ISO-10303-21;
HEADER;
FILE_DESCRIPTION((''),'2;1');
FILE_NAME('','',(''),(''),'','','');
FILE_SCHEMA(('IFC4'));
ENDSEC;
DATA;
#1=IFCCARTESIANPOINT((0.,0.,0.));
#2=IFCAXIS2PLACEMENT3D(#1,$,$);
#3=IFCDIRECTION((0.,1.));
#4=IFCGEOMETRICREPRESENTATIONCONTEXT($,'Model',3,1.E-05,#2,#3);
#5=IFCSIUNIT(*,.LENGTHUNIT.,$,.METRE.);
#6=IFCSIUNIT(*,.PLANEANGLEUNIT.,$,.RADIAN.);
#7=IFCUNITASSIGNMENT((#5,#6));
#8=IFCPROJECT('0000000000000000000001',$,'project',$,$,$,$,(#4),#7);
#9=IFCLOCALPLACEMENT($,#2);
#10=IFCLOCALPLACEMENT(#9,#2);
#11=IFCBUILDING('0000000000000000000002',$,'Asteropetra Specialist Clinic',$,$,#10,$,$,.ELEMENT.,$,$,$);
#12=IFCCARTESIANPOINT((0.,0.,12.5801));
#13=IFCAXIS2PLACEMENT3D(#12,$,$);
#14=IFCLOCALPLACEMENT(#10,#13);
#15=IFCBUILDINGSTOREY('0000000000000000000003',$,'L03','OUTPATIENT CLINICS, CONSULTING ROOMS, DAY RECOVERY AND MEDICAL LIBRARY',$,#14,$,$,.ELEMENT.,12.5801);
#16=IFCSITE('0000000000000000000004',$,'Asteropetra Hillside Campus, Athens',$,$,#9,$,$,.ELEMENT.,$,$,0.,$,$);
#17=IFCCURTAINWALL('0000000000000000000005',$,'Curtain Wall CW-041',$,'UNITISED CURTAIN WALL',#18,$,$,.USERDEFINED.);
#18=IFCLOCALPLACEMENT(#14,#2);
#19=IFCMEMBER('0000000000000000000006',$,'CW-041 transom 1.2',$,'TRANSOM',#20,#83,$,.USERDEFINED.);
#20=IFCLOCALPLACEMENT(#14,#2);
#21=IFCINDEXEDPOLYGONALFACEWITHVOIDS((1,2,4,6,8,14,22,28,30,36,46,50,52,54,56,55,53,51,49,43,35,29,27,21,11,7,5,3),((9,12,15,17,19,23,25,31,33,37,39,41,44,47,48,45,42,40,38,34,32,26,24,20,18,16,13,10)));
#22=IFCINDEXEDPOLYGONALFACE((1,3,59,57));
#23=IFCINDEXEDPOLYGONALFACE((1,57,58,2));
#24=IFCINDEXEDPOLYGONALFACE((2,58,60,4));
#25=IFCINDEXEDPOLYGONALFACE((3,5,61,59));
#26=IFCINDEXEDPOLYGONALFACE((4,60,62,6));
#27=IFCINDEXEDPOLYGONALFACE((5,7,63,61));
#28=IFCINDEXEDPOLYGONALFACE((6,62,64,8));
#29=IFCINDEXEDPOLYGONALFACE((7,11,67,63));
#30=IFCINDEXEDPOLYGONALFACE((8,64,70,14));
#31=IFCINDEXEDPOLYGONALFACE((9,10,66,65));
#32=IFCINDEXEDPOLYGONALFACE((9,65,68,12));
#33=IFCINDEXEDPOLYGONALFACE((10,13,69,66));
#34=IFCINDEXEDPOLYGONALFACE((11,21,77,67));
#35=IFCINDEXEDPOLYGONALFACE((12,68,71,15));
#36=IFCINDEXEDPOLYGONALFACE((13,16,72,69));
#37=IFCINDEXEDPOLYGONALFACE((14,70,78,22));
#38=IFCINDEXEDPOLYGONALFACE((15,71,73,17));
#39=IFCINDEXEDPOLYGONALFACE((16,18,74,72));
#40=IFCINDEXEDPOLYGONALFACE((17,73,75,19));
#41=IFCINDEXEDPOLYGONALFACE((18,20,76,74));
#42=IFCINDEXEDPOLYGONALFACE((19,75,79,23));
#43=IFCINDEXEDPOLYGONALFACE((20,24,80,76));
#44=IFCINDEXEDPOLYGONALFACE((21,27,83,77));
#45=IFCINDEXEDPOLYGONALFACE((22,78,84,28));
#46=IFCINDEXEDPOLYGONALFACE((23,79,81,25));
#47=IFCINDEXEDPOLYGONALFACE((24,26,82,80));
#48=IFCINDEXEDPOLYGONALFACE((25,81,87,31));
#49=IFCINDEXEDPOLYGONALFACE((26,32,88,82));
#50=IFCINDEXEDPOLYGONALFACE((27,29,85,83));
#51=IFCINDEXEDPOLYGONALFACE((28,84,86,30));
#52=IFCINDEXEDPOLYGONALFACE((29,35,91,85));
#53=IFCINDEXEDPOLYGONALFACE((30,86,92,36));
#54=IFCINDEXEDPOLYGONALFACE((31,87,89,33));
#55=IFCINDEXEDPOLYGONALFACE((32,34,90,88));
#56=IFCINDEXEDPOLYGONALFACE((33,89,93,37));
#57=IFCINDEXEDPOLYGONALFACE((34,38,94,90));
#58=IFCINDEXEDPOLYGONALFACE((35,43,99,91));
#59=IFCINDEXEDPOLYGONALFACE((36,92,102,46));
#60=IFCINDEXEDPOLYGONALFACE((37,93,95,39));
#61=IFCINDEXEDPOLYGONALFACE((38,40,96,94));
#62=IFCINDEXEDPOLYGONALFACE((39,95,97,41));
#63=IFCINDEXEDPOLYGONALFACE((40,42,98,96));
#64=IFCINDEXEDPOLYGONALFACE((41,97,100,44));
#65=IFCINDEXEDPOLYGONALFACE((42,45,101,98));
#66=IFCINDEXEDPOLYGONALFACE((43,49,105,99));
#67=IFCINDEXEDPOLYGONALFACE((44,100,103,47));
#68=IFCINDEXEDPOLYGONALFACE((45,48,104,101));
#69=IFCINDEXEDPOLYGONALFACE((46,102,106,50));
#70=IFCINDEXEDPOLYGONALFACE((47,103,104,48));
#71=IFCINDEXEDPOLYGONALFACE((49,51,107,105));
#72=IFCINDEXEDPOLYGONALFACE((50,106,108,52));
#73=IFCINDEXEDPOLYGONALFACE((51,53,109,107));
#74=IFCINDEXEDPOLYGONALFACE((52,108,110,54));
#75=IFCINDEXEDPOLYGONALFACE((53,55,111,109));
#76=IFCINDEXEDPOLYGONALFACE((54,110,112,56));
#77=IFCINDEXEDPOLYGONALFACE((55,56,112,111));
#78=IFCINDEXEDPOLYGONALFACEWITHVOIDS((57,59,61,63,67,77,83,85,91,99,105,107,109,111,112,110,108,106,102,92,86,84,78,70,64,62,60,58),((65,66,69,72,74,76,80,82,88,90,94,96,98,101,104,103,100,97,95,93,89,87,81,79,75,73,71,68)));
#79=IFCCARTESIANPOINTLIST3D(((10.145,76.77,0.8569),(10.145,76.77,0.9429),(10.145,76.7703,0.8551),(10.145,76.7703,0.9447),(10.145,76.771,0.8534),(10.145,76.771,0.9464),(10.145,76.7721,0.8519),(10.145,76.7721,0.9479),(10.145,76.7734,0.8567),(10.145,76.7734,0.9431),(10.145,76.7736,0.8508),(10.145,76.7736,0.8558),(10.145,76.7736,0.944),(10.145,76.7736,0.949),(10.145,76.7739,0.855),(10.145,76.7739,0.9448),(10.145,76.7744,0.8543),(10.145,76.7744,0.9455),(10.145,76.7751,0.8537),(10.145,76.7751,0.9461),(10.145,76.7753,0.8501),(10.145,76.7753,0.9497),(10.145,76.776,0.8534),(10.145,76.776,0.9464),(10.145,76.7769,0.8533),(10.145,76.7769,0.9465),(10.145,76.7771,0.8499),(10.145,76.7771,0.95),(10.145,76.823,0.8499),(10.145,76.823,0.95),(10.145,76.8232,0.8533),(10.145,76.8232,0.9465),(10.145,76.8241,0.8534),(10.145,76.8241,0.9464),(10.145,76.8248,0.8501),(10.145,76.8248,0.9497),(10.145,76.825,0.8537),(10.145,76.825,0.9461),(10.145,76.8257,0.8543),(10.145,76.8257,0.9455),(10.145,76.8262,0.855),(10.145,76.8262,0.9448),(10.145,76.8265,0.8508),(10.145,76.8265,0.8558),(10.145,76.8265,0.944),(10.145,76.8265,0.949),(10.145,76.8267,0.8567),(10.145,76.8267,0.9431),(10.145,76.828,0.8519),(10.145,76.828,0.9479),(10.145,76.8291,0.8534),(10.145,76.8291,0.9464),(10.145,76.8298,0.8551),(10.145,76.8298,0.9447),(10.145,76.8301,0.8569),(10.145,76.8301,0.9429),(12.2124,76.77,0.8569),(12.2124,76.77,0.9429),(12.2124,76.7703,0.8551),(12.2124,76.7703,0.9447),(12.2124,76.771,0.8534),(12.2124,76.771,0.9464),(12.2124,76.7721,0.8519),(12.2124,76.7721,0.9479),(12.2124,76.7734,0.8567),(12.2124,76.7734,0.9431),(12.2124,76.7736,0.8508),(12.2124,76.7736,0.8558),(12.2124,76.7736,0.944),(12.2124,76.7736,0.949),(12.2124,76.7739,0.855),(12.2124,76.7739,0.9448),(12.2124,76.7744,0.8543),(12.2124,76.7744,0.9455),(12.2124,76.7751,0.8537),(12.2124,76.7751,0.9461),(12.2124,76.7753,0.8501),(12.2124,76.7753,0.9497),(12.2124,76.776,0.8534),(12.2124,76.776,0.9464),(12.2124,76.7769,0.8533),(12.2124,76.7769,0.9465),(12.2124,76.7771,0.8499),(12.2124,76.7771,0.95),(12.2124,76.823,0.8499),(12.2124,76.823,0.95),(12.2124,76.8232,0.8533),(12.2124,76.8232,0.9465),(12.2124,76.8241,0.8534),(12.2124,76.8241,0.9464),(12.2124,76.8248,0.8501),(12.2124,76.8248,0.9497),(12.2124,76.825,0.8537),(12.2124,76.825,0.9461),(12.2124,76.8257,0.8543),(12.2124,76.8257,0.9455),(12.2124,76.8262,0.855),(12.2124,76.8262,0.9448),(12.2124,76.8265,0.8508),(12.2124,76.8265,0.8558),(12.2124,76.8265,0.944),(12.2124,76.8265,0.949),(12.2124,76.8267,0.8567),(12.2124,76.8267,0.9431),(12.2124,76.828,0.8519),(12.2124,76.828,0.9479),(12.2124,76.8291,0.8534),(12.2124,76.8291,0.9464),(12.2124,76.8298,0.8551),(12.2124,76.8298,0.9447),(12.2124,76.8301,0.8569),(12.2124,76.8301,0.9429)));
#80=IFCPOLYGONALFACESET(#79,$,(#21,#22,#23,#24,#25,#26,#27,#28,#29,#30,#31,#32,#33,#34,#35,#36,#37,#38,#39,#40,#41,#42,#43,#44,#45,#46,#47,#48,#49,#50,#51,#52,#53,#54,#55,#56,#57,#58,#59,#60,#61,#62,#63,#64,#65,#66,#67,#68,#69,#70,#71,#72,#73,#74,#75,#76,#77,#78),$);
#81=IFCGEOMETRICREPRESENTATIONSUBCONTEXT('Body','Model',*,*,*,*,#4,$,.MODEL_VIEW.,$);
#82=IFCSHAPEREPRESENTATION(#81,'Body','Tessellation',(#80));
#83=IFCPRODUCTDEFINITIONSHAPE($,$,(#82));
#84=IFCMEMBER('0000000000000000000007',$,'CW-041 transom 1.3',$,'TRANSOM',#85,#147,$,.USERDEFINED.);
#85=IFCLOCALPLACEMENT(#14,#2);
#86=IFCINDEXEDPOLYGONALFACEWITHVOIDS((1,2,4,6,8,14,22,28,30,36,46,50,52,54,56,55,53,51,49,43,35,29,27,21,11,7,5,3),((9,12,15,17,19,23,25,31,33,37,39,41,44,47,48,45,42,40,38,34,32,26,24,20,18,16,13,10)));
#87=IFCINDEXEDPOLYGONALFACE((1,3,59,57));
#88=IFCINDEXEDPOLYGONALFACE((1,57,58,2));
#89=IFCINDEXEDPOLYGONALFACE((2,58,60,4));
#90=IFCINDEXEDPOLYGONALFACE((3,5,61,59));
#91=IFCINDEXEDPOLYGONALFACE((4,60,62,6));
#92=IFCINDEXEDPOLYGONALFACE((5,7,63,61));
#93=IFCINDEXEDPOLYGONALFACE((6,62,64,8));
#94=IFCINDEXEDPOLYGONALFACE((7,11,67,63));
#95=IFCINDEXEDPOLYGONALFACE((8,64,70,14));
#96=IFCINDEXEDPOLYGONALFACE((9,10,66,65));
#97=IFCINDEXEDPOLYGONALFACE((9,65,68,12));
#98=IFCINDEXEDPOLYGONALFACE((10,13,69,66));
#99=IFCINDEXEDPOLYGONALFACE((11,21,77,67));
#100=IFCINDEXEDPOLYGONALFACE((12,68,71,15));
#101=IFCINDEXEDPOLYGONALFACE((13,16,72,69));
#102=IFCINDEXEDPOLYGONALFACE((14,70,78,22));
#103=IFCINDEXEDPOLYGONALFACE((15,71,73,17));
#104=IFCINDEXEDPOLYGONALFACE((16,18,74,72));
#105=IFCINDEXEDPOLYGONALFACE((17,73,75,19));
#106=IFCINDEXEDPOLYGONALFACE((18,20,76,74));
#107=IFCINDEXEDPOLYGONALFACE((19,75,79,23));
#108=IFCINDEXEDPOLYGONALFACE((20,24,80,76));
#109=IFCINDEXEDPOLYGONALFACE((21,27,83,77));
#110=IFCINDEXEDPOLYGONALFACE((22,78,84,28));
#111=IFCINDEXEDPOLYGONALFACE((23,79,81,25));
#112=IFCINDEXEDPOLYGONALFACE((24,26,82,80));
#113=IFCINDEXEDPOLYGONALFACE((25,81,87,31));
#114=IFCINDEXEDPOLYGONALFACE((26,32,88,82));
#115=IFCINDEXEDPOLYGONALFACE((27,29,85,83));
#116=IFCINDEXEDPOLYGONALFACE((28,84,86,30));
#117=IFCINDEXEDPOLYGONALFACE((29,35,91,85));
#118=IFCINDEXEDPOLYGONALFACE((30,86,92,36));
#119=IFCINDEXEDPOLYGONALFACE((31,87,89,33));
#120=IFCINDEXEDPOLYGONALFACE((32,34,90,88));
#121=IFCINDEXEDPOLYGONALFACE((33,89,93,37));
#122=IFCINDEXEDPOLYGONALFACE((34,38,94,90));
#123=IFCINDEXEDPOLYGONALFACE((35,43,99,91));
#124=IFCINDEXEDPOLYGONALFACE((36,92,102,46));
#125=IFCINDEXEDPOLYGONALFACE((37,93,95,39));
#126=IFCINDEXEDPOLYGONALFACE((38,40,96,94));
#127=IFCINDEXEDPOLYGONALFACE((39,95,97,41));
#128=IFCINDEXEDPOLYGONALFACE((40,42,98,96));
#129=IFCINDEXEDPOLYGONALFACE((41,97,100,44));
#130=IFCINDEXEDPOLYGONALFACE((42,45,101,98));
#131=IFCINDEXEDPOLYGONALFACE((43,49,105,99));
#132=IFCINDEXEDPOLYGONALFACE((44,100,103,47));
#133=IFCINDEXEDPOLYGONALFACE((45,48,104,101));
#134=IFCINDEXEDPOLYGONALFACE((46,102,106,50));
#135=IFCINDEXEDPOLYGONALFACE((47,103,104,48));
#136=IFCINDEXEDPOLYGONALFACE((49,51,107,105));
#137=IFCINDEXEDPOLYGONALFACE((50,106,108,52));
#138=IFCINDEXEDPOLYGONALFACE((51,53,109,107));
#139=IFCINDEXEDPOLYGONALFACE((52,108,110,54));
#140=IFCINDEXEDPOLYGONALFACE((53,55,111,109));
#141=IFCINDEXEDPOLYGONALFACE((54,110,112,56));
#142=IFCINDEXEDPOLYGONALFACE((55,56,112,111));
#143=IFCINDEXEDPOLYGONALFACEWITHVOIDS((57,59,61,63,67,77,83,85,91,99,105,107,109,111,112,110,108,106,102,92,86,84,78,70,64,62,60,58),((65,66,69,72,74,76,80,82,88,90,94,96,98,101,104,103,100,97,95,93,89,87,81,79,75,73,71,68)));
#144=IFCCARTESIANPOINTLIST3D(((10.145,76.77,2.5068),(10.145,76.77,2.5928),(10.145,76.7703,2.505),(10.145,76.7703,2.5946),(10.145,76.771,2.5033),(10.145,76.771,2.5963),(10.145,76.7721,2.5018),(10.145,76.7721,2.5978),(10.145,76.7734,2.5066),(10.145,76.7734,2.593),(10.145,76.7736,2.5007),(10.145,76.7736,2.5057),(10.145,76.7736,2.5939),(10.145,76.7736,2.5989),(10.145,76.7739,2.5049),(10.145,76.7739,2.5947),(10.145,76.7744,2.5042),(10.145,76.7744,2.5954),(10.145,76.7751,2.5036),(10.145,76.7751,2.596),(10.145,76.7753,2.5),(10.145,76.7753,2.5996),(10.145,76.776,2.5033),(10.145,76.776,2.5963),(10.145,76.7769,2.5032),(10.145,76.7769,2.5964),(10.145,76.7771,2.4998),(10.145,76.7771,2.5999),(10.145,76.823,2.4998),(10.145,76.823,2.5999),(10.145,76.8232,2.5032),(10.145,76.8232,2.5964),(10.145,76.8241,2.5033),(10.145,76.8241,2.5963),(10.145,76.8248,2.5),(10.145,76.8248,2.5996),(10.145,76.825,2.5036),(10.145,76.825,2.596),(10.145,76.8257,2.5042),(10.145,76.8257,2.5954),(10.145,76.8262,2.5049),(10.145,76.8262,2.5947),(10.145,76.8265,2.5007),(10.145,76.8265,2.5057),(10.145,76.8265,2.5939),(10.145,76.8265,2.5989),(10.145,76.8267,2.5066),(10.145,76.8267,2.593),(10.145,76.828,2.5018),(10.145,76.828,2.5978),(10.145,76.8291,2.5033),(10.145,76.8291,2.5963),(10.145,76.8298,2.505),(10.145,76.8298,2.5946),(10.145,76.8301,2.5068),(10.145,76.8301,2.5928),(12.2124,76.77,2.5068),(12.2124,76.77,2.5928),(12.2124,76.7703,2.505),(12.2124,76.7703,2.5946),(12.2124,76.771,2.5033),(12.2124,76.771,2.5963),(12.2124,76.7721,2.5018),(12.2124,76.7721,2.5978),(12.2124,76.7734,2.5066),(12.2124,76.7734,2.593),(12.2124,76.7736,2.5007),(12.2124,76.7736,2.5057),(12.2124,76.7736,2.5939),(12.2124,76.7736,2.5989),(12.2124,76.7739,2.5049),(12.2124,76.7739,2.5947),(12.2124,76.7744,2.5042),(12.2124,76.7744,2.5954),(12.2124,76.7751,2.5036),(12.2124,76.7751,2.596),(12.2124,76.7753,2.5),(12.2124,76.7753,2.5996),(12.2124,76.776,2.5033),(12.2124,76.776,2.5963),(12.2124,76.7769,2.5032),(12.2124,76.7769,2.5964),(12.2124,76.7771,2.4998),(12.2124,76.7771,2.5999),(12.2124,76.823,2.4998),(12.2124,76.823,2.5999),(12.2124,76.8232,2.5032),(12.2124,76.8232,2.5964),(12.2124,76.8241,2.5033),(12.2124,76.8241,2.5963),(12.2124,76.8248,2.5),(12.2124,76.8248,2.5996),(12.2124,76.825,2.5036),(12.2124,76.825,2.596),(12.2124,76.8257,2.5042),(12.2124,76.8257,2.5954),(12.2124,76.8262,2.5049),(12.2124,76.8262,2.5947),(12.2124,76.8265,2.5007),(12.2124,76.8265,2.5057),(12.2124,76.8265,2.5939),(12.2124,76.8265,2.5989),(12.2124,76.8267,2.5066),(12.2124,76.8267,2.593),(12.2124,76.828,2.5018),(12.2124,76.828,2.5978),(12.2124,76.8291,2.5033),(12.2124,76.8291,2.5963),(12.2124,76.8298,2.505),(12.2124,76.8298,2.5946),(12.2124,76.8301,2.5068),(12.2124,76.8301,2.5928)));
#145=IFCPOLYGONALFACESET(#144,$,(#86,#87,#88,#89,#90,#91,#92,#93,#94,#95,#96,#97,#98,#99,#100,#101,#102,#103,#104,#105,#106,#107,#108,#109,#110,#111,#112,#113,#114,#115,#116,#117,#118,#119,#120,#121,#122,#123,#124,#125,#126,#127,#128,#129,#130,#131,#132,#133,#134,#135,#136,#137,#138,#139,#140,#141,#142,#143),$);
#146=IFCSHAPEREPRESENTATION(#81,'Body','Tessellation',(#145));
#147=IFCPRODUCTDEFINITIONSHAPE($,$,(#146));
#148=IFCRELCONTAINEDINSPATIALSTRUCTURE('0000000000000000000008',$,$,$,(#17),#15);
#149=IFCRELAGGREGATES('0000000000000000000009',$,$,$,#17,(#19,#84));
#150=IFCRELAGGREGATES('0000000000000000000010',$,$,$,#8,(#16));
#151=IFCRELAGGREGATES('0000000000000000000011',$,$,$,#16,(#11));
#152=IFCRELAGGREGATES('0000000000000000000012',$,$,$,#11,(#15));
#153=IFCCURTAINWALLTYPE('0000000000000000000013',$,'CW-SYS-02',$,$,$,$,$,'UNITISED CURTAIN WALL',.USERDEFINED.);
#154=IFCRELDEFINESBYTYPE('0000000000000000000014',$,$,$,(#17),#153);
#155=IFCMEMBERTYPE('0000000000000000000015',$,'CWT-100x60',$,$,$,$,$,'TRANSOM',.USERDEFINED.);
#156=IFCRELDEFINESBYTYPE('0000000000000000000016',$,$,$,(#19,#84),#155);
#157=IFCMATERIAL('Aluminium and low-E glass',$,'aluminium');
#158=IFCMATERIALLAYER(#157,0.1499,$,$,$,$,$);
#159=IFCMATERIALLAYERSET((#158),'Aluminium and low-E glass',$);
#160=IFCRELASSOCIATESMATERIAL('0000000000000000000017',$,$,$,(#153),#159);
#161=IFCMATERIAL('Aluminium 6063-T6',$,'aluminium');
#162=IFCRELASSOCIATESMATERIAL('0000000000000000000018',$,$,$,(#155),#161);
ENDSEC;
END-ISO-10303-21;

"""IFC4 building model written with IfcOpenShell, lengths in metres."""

from ifc_helpers import new_model, si_unit, direction, frame, origin, origin_2d, place, context, subcontext, project, spatial, hollow_rectangle, extrude, material, layer, layer_set, material_profile, profile_set, type_object, element, aggregate, save


model = new_model("IFC4")

# Units and contexts
model_context = context("Model", 3, precision=1e-05, world=origin(), true_north=direction((0.0, 1.0)))
body_context = subcontext(model_context, "Body", "Model", "MODEL_VIEW")
ifc_project = project(units=[si_unit("LENGTHUNIT", "METRE"), si_unit("PLANEANGLEUNIT", "RADIAN")], contexts=[model_context])

# Site, building, storey
site_placement = place(None, origin())
site = spatial("IfcSite", under=ifc_project, at=site_placement, Name="Asteropetra Hillside Campus, Athens", CompositionType="ELEMENT", RefElevation=0.0)
building_placement = place(site_placement, origin())
building = spatial("IfcBuilding", under=site, at=building_placement, Name="Asteropetra Specialist Clinic", CompositionType="ELEMENT")
storey_placement = place(building_placement, frame((0.0, 0.0, 12.5801)))
storey = spatial("IfcBuildingStorey", under=building, at=storey_placement, Name="L03", Description="OUTPATIENT CLINICS, CONSULTING ROOMS, DAY RECOVERY AND MEDICAL LIBRARY", CompositionType="ELEMENT", Elevation=12.5801)

# Curtain wall, members
ifc_material_1 = material(Name="Aluminium and low-E glass", Category="aluminium")
ifc_layer_1 = layer(ifc_material_1, 0.1499)
ifc_layer_set_1 = layer_set([ifc_layer_1], Name="Aluminium and low-E glass")
curtain_wall_type = type_object("IfcCurtainWallType", Name="CW-SYS-02", ElementType="UNITISED CURTAIN WALL", PredefinedType="USERDEFINED", material=ifc_layer_set_1)
curtain_wall_placement = place(storey_placement, origin())
curtain_wall = element("IfcCurtainWall", 1, at=curtain_wall_placement, inside=storey, type_object=curtain_wall_type, Name="Curtain Wall CW-041", ObjectType="UNITISED CURTAIN WALL", PredefinedType="USERDEFINED")
ifc_material_2 = material(Name="Aluminium 6063-T6", Category="aluminium")
ifc_material_profile_1 = material_profile(ifc_material_2, hollow_rectangle(XDim=0.0601, YDim=0.1001, WallThickness=0.0034, InnerFilletRadius=0.0034, OuterFilletRadius=0.0071, at=origin_2d()), Name="TRN 100x60x3.5")
ifc_profile_set_1 = profile_set([ifc_material_profile_1], Name="Aluminium 6063-T6")
member_type_1 = type_object("IfcMemberType", Name="CWT-100x60", ElementType="TRANSOM", PredefinedType="USERDEFINED", material=ifc_profile_set_1)
member_1_placement = place(storey_placement, frame((10.145, 76.8, 0.8999), z_axis=(1.0, 0.0, 0.0), x_axis=(0.0, 1.0, 0.0)))
member_1 = element("IfcMember", 2, at=member_1_placement, type_object=member_type_1, Name="CW-041 transom 1.2", ObjectType="TRANSOM", PredefinedType="USERDEFINED", context=body_context, shape_type="SweptSolid", body=[
    extrude(hollow_rectangle(XDim=0.0601, YDim=0.1001, WallThickness=0.0034, InnerFilletRadius=0.0034, OuterFilletRadius=0.0071, at=origin_2d()), origin(), (0.0, 0.0, 1.0), 2.0674),
])
member_2_placement = place(storey_placement, frame((10.145, 76.8, 2.5498), z_axis=(1.0, 0.0, 0.0), x_axis=(0.0, 1.0, 0.0)))
member_2 = element("IfcMember", 3, at=member_2_placement, type_object=member_type_1, Name="CW-041 transom 1.3", ObjectType="TRANSOM", PredefinedType="USERDEFINED", context=body_context, shape_type="SweptSolid", body=[
    extrude(hollow_rectangle(XDim=0.0601, YDim=0.1001, WallThickness=0.0034, InnerFilletRadius=0.0034, OuterFilletRadius=0.0071, at=origin_2d()), origin(), (0.0, 0.0, 1.0), 2.0674),
])

aggregate(curtain_wall, [member_1, member_2])

save(model, "model.ifc")
